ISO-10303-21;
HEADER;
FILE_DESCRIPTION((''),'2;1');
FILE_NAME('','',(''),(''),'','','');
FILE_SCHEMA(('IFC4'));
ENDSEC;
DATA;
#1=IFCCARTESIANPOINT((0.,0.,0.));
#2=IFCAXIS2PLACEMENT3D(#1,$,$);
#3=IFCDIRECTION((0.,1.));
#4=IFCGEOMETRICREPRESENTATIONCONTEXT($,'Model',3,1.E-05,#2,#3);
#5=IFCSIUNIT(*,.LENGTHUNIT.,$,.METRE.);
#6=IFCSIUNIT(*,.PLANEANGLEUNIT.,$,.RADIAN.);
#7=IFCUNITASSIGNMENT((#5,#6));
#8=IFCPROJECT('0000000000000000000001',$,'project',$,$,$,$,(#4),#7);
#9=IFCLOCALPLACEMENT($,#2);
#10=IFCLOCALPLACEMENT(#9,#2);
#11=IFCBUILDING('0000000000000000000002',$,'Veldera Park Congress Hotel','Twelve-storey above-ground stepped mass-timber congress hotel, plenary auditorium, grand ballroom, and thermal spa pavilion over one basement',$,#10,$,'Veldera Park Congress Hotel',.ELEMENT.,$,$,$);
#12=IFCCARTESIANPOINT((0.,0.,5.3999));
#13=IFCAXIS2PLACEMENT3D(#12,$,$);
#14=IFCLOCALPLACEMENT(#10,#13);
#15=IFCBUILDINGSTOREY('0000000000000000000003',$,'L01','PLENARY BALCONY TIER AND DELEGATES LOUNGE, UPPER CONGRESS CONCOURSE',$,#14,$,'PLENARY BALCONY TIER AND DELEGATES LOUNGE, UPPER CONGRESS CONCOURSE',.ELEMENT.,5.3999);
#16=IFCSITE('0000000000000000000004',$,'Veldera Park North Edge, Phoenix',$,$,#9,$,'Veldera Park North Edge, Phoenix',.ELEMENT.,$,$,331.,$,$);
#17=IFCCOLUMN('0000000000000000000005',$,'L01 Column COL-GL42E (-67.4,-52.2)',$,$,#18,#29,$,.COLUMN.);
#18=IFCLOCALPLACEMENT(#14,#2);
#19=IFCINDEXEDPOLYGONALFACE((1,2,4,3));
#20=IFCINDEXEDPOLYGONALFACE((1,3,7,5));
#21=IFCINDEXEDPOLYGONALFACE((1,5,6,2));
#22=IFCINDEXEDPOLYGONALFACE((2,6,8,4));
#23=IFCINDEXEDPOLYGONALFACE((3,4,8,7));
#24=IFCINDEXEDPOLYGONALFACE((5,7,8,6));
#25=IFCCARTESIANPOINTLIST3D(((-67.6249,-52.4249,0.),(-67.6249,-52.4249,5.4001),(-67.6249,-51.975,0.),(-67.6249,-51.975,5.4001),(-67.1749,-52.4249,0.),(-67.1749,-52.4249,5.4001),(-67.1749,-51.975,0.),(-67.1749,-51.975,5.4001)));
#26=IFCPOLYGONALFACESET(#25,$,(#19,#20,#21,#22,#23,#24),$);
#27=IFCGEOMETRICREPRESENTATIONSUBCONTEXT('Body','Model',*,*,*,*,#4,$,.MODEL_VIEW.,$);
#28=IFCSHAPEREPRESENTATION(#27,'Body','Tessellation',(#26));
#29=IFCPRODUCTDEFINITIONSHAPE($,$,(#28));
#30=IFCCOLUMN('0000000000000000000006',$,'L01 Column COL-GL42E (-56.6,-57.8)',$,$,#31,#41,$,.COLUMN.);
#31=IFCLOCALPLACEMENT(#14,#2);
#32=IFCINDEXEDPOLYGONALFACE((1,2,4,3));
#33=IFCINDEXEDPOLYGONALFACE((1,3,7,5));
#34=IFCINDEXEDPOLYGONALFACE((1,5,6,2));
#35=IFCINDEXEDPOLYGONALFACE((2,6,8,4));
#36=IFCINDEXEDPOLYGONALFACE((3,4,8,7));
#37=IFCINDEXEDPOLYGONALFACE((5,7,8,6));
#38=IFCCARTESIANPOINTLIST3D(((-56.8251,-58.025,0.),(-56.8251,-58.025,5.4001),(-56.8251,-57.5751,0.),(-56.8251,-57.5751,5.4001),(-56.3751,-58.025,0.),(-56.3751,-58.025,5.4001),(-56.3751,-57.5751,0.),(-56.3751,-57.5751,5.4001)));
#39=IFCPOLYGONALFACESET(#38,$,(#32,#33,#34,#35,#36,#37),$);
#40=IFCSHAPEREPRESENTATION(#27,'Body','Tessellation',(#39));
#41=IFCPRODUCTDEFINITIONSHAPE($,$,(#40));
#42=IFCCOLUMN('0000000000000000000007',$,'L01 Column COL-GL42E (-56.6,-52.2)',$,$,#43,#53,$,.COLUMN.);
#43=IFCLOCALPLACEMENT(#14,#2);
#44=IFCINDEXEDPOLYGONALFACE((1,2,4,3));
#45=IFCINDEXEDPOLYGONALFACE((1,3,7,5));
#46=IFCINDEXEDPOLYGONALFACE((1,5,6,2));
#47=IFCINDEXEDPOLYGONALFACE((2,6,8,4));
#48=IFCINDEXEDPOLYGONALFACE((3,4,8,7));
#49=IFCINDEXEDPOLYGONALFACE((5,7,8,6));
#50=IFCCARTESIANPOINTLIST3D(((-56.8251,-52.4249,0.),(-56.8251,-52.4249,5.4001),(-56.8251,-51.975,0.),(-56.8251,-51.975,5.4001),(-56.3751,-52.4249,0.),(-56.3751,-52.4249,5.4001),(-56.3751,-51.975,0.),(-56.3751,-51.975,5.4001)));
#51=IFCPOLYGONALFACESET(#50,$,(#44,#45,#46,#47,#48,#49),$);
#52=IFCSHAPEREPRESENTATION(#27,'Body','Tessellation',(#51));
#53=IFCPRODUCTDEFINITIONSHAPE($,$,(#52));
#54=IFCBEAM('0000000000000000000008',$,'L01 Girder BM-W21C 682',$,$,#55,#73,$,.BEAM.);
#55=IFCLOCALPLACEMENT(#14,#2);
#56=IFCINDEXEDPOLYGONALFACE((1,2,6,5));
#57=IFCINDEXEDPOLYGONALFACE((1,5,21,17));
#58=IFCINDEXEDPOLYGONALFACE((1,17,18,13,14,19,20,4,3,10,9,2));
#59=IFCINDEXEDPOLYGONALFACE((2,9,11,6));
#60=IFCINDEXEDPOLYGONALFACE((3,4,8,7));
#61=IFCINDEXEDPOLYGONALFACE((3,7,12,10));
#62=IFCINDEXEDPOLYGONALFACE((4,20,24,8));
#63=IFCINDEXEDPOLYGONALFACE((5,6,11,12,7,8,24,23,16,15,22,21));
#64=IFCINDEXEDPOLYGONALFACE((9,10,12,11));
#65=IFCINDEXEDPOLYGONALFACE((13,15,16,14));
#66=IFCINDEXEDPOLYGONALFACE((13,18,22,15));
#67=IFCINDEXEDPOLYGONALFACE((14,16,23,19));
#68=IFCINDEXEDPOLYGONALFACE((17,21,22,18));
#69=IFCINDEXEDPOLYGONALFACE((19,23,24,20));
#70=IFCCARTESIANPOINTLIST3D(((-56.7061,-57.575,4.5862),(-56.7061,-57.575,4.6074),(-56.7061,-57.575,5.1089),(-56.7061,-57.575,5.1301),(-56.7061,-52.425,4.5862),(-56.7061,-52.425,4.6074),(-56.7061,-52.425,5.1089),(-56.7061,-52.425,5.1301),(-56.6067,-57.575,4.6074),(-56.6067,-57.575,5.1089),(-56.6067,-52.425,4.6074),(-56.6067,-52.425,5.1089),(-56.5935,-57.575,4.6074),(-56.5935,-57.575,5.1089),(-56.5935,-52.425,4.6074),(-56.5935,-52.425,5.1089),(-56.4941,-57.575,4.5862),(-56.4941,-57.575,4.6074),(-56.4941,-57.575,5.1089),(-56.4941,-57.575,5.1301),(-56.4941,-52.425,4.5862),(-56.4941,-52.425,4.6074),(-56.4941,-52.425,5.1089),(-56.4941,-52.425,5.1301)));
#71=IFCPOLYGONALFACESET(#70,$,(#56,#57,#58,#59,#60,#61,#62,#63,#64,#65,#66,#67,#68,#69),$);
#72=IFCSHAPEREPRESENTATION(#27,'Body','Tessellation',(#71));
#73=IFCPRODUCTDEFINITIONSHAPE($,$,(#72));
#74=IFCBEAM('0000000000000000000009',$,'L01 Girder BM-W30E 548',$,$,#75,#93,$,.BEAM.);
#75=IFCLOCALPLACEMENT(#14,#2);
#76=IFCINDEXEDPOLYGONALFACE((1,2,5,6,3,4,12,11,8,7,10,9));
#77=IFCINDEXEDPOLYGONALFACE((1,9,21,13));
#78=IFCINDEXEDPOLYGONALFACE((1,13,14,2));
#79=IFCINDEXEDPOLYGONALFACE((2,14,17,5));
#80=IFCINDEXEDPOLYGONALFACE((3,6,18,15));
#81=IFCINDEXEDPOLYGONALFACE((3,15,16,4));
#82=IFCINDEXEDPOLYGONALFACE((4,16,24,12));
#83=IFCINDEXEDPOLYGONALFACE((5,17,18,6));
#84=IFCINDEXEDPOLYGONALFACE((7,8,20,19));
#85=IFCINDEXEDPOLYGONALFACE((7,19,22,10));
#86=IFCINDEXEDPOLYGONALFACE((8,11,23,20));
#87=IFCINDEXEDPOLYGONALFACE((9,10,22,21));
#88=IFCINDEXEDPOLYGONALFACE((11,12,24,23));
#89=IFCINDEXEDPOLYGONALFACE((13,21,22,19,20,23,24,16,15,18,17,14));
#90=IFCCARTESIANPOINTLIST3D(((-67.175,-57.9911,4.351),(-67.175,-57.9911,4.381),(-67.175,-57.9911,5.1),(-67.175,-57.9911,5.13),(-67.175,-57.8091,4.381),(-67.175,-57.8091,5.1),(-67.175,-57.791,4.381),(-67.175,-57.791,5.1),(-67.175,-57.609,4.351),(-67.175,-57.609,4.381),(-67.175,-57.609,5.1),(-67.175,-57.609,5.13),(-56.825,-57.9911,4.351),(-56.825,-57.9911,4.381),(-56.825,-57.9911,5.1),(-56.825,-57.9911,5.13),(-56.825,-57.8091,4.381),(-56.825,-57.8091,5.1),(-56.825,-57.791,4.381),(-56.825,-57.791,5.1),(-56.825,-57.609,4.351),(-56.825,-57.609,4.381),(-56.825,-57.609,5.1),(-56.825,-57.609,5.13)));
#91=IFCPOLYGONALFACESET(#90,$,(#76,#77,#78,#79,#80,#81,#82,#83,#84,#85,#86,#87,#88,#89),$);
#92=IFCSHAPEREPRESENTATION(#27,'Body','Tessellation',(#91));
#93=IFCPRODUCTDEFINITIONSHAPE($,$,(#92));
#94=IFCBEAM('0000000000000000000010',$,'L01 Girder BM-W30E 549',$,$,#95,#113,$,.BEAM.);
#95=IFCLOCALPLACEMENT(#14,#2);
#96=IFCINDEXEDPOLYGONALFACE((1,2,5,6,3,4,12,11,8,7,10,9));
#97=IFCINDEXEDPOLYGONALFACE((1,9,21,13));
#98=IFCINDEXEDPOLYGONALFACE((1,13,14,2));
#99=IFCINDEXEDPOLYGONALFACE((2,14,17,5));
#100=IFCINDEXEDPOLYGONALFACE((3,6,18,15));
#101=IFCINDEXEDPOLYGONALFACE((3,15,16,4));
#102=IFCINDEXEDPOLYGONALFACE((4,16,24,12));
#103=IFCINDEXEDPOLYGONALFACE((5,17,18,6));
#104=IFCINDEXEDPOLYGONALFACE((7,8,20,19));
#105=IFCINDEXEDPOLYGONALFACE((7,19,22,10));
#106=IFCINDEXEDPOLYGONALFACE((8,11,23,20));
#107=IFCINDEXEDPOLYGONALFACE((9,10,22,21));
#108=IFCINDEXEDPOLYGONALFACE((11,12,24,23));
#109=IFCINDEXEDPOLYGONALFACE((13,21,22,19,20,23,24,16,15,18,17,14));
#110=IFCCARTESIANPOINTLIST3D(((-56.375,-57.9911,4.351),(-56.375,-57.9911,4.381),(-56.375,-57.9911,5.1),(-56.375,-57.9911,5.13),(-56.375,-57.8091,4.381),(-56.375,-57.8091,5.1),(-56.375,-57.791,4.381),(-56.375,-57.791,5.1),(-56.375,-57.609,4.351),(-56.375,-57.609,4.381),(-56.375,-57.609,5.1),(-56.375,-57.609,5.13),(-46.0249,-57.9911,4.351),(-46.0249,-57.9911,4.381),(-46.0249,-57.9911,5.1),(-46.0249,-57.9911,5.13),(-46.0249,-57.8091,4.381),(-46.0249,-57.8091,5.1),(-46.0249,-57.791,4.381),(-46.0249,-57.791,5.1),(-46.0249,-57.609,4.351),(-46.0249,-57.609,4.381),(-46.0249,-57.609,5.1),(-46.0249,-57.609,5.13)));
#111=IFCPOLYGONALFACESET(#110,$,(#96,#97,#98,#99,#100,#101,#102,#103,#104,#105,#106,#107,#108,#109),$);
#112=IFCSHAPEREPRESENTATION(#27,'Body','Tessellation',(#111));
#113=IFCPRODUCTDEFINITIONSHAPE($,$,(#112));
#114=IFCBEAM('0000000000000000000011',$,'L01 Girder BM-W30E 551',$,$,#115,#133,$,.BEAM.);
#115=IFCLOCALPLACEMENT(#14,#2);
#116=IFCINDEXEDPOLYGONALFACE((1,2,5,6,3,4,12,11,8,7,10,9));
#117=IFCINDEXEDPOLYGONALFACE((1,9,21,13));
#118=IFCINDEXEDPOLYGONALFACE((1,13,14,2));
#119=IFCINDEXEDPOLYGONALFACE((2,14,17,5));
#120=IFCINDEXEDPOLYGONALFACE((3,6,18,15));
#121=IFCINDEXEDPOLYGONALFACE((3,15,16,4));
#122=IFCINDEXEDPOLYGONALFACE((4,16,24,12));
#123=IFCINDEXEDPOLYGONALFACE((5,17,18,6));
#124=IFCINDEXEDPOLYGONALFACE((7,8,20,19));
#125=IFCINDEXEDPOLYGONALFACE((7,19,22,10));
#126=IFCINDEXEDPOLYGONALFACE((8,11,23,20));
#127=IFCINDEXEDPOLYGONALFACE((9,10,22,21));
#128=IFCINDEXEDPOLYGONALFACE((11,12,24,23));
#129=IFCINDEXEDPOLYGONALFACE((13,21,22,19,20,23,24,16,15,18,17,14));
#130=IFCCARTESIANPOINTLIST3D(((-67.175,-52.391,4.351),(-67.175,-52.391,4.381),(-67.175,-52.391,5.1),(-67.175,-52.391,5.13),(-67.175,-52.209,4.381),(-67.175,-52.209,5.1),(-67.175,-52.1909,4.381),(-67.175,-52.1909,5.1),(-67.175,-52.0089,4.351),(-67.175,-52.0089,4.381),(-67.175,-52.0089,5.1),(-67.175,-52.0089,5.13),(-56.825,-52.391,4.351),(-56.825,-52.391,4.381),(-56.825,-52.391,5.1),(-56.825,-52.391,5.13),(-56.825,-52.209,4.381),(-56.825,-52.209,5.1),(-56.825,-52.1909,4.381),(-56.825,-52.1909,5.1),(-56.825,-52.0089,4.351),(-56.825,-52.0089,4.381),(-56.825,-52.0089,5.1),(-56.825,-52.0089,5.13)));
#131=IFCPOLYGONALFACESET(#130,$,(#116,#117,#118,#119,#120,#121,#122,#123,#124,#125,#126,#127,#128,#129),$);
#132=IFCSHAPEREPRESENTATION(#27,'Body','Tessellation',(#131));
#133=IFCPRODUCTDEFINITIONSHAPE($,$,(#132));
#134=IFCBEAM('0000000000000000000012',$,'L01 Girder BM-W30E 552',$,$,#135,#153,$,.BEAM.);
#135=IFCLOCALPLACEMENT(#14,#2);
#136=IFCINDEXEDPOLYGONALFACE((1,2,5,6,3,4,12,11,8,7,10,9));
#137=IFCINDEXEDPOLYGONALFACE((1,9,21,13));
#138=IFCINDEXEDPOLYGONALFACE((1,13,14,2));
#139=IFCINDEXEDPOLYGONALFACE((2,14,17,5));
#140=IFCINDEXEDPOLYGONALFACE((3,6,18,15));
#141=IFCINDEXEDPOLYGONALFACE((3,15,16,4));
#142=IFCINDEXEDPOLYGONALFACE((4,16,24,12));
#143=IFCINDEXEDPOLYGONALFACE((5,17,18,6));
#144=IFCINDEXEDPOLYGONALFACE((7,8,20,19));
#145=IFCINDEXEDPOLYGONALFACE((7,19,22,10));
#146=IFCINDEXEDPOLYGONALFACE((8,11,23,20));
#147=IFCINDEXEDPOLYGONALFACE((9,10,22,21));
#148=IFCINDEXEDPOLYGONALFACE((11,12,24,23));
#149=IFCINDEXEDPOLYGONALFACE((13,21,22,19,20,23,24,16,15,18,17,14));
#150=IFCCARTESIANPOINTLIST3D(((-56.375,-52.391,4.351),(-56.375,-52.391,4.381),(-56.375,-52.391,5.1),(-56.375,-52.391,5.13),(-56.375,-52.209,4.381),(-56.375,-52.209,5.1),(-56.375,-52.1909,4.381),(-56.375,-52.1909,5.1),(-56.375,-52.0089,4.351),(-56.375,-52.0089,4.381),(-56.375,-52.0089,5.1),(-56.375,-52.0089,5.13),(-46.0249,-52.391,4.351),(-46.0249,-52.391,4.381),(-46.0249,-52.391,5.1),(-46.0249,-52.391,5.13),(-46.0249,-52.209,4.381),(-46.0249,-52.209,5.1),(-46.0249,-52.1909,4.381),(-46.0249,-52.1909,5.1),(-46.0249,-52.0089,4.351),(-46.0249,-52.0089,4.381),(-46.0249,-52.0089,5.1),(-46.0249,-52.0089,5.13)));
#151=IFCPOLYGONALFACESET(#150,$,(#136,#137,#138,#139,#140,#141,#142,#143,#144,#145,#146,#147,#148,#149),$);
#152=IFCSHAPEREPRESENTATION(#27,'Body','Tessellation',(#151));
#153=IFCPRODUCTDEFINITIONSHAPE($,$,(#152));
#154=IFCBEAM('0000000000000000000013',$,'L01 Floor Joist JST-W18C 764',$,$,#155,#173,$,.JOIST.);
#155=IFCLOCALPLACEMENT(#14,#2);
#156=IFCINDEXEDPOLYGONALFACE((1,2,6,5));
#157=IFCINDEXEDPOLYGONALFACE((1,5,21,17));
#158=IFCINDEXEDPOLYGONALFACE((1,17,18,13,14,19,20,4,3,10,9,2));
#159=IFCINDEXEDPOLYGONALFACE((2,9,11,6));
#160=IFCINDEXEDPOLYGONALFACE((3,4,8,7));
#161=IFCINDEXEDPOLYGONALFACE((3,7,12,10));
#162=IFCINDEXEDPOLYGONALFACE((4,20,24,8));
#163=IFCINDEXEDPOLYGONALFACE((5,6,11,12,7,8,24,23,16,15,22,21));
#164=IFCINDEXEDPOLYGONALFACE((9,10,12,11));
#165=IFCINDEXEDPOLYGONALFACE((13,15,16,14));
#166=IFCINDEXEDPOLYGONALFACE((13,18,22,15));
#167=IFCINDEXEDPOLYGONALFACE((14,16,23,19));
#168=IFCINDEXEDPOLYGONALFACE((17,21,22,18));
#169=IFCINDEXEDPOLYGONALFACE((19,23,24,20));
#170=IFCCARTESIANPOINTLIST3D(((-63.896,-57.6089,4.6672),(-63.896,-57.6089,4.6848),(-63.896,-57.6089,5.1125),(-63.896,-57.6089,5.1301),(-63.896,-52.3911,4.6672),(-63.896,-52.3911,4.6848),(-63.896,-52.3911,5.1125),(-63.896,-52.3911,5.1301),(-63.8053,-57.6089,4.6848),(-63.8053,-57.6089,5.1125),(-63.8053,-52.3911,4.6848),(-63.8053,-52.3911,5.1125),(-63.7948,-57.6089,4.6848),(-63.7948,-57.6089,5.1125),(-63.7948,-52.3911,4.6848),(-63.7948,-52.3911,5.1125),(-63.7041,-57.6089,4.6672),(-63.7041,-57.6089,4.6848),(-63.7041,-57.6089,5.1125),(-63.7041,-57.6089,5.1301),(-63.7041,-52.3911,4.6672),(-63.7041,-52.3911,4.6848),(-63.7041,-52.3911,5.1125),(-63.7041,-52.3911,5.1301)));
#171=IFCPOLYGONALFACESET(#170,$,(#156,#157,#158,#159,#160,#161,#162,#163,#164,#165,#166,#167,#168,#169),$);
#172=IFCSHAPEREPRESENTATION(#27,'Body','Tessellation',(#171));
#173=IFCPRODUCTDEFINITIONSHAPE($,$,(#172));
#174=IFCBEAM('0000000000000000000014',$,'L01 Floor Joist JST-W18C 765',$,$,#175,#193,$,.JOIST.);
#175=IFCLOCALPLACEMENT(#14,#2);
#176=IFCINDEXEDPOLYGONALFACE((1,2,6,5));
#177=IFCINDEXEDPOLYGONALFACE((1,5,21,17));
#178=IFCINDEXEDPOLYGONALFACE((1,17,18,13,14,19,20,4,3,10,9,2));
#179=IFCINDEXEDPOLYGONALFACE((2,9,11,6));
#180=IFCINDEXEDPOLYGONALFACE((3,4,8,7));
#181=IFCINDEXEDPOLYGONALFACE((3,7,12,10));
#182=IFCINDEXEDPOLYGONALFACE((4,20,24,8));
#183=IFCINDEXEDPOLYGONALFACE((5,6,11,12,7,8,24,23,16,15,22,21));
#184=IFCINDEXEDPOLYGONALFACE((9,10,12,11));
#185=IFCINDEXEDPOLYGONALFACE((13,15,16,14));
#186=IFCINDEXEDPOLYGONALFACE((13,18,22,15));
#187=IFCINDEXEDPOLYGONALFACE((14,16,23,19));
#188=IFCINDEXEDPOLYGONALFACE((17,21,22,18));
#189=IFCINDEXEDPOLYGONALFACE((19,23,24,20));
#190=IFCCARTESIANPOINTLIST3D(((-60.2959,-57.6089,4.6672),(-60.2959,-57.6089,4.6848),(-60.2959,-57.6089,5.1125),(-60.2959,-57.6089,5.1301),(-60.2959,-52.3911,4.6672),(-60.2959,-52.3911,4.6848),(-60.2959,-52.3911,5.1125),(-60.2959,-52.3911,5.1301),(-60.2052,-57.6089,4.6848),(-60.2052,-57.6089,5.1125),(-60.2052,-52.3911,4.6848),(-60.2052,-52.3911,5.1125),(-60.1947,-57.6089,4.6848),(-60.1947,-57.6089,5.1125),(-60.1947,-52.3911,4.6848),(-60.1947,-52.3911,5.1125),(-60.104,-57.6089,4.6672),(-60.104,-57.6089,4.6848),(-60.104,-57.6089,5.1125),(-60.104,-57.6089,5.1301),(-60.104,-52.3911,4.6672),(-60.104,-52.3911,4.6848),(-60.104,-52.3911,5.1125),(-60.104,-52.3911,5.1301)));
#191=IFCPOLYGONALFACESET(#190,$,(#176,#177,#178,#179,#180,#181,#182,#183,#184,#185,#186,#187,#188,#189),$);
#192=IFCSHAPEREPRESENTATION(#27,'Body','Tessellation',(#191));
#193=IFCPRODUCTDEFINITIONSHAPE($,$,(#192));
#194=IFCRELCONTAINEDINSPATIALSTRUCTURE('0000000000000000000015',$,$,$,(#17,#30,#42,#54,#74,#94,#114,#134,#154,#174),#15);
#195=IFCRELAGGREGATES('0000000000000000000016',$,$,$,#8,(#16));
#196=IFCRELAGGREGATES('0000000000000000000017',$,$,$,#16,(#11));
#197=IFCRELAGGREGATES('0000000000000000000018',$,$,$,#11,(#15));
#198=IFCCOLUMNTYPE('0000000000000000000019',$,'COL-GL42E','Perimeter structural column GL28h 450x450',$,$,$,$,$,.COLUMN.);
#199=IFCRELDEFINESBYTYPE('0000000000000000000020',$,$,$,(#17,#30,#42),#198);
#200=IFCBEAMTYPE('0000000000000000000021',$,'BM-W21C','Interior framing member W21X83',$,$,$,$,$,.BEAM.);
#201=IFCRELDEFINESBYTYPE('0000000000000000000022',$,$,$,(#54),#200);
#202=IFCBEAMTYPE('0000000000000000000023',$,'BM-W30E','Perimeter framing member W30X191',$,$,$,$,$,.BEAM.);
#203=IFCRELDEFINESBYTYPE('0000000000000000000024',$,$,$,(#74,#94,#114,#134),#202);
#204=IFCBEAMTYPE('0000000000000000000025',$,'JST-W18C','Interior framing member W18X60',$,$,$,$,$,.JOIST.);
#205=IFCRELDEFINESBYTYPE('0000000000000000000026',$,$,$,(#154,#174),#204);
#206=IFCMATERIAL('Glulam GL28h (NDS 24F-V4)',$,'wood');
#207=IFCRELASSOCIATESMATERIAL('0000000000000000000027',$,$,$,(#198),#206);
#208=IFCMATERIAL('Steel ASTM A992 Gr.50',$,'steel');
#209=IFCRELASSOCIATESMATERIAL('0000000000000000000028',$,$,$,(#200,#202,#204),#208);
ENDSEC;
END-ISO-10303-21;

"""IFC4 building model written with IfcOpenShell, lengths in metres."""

from ifc_helpers import new_model, si_unit, direction, frame, origin, origin_2d, place, context, subcontext, project, spatial, rectangle, i_section, extrude, material, material_profile, profile_set, type_object, element, save


model = new_model("IFC4")

# Units and contexts
model_context = context("Model", 3, precision=1e-05, world=origin(), true_north=direction((0.0, 1.0)))
body_context = subcontext(model_context, "Body", "Model", "MODEL_VIEW")
ifc_project = project(units=[si_unit("LENGTHUNIT", "METRE"), si_unit("PLANEANGLEUNIT", "RADIAN")], contexts=[model_context])

# Site, building, storey
site_placement = place(None, origin())
site = spatial("IfcSite", under=ifc_project, at=site_placement, Name="Veldera Park North Edge, Phoenix", LongName="Veldera Park North Edge, Phoenix", CompositionType="ELEMENT", RefElevation=331.0)
building_placement = place(site_placement, origin())
building = spatial("IfcBuilding", under=site, at=building_placement, Name="Veldera Park Congress Hotel", Description="Twelve-storey above-ground stepped mass-timber congress hotel, plenary auditorium, grand ballroom, and thermal spa pavilion over one basement", LongName="Veldera Park Congress Hotel", CompositionType="ELEMENT")
storey_placement = place(building_placement, frame((0.0, 0.0, 5.3999)))
storey = spatial("IfcBuildingStorey", under=building, at=storey_placement, Name="L01", Description="PLENARY BALCONY TIER AND DELEGATES LOUNGE, UPPER CONGRESS CONCOURSE", LongName="PLENARY BALCONY TIER AND DELEGATES LOUNGE, UPPER CONGRESS CONCOURSE", CompositionType="ELEMENT", Elevation=5.3999)

# Columns
ifc_material_1 = material(Name="Glulam GL28h (NDS 24F-V4)", Category="wood")
ifc_material_profile_1 = material_profile(ifc_material_1, rectangle(XDim=0.45, YDim=0.45, at=origin_2d()), Name="GL28h 450x450")
ifc_profile_set_1 = profile_set([ifc_material_profile_1], Name="Glulam GL28h (NDS 24F-V4)")
column_type = type_object("IfcColumnType", Name="COL-GL42E", Description="Perimeter structural column GL28h 450x450", PredefinedType="COLUMN", material=ifc_profile_set_1)
for number, where, z_axis, x_axis, name in (
    (1, (-67.3999, -52.2, 0.0), (0.0, 0.0, 1.0), (1.0, 0.0, 0.0), "L01 Column COL-GL42E (-67.4,-52.2)"),
    (2, (-56.6001, -57.8, 0.0), (0.0, 0.0, 1.0), (1.0, 0.0, 0.0), "L01 Column COL-GL42E (-56.6,-57.8)"),
    (3, (-56.6001, -52.2, 0.0), (0.0, 0.0, 1.0), (1.0, 0.0, 0.0), "L01 Column COL-GL42E (-56.6,-52.2)"),
):
    element("IfcColumn", number, at=place(storey_placement, frame(where, z_axis=z_axis, x_axis=x_axis)), inside=storey, type_object=column_type, Name=name, PredefinedType="COLUMN", context=body_context, shape_type="SweptSolid", body=[
        extrude(rectangle(XDim=0.45, YDim=0.45, at=origin_2d()), origin(), (0.0, 0.0, 1.0), 5.4001),
    ])

# Beams
ifc_material_2 = material(Name="Steel ASTM A992 Gr.50", Category="steel")
ifc_material_profile_2 = material_profile(ifc_material_2, i_section(OverallWidth=0.2119, OverallDepth=0.5439, WebThickness=0.0132, FlangeThickness=0.0212, at=origin_2d()), Name="W21X83")
ifc_profile_set_2 = profile_set([ifc_material_profile_2], Name="Steel ASTM A992 Gr.50")
beam_type_1 = type_object("IfcBeamType", Name="BM-W21C", Description="Interior framing member W21X83", PredefinedType="BEAM", material=ifc_profile_set_2)
beam_placement = place(storey_placement, frame((-56.6001, -57.575, 4.8582), z_axis=(0.0, 1.0, 0.0), x_axis=(-1.0, 0.0, 0.0)))
element("IfcBeam", 4, at=beam_placement, inside=storey, type_object=beam_type_1, Name="L01 Girder BM-W21C 682", PredefinedType="BEAM", context=body_context, shape_type="SweptSolid", body=[
    extrude(i_section(OverallWidth=0.2119, OverallDepth=0.5439, WebThickness=0.0132, FlangeThickness=0.0212, at=origin_2d()), origin(), (0.0, 0.0, 1.0), 5.1499),
])
ifc_material_profile_3 = material_profile(ifc_material_2, i_section(OverallWidth=0.3821, OverallDepth=0.7791, WebThickness=0.0181, FlangeThickness=0.03, at=origin_2d()), Name="W30X191")
ifc_profile_set_3 = profile_set([ifc_material_profile_3], Name="Steel ASTM A992 Gr.50")
beam_type_2 = type_object("IfcBeamType", Name="BM-W30E", Description="Perimeter framing member W30X191", PredefinedType="BEAM", material=ifc_profile_set_3)
for number, where, z_axis, x_axis, name in (
    (5, (-67.175, -57.8, 4.7405), (1.0, 0.0, 0.0), (0.0, 1.0, 0.0), "L01 Girder BM-W30E 548"),
    (6, (-56.375, -57.8, 4.7405), (1.0, 0.0, 0.0), (0.0, 1.0, 0.0), "L01 Girder BM-W30E 549"),
    (7, (-67.175, -52.2, 4.7405), (1.0, 0.0, 0.0), (0.0, 1.0, 0.0), "L01 Girder BM-W30E 551"),
    (8, (-56.375, -52.2, 4.7405), (1.0, 0.0, 0.0), (0.0, 1.0, 0.0), "L01 Girder BM-W30E 552"),
):
    element("IfcBeam", number, at=place(storey_placement, frame(where, z_axis=z_axis, x_axis=x_axis)), inside=storey, type_object=beam_type_2, Name=name, PredefinedType="BEAM", context=body_context, shape_type="SweptSolid", body=[
        extrude(i_section(OverallWidth=0.3821, OverallDepth=0.7791, WebThickness=0.0181, FlangeThickness=0.03, at=origin_2d()), origin(), (0.0, 0.0, 1.0), 10.3501),
    ])
ifc_material_profile_4 = material_profile(ifc_material_2, i_section(OverallWidth=0.1919, OverallDepth=0.4629, WebThickness=0.0105, FlangeThickness=0.0176, at=origin_2d()), Name="W18X60")
ifc_profile_set_4 = profile_set([ifc_material_profile_4], Name="Steel ASTM A992 Gr.50")
beam_type_3 = type_object("IfcBeamType", Name="JST-W18C", Description="Interior framing member W18X60", PredefinedType="JOIST", material=ifc_profile_set_4)
for number, where, z_axis, x_axis, name in (
    (9, (-63.8, -57.6089, 4.8987), (0.0, 1.0, 0.0), (-1.0, 0.0, 0.0), "L01 Floor Joist JST-W18C 764"),
    (10, (-60.2, -57.6089, 4.8987), (0.0, 1.0, 0.0), (-1.0, 0.0, 0.0), "L01 Floor Joist JST-W18C 765"),
):
    element("IfcBeam", number, at=place(storey_placement, frame(where, z_axis=z_axis, x_axis=x_axis)), inside=storey, type_object=beam_type_3, Name=name, PredefinedType="JOIST", context=body_context, shape_type="SweptSolid", body=[
        extrude(i_section(OverallWidth=0.1919, OverallDepth=0.4629, WebThickness=0.0105, FlangeThickness=0.0176, at=origin_2d()), origin(), (0.0, 0.0, 1.0), 5.2178),
    ])

save(model, "model.ifc")
